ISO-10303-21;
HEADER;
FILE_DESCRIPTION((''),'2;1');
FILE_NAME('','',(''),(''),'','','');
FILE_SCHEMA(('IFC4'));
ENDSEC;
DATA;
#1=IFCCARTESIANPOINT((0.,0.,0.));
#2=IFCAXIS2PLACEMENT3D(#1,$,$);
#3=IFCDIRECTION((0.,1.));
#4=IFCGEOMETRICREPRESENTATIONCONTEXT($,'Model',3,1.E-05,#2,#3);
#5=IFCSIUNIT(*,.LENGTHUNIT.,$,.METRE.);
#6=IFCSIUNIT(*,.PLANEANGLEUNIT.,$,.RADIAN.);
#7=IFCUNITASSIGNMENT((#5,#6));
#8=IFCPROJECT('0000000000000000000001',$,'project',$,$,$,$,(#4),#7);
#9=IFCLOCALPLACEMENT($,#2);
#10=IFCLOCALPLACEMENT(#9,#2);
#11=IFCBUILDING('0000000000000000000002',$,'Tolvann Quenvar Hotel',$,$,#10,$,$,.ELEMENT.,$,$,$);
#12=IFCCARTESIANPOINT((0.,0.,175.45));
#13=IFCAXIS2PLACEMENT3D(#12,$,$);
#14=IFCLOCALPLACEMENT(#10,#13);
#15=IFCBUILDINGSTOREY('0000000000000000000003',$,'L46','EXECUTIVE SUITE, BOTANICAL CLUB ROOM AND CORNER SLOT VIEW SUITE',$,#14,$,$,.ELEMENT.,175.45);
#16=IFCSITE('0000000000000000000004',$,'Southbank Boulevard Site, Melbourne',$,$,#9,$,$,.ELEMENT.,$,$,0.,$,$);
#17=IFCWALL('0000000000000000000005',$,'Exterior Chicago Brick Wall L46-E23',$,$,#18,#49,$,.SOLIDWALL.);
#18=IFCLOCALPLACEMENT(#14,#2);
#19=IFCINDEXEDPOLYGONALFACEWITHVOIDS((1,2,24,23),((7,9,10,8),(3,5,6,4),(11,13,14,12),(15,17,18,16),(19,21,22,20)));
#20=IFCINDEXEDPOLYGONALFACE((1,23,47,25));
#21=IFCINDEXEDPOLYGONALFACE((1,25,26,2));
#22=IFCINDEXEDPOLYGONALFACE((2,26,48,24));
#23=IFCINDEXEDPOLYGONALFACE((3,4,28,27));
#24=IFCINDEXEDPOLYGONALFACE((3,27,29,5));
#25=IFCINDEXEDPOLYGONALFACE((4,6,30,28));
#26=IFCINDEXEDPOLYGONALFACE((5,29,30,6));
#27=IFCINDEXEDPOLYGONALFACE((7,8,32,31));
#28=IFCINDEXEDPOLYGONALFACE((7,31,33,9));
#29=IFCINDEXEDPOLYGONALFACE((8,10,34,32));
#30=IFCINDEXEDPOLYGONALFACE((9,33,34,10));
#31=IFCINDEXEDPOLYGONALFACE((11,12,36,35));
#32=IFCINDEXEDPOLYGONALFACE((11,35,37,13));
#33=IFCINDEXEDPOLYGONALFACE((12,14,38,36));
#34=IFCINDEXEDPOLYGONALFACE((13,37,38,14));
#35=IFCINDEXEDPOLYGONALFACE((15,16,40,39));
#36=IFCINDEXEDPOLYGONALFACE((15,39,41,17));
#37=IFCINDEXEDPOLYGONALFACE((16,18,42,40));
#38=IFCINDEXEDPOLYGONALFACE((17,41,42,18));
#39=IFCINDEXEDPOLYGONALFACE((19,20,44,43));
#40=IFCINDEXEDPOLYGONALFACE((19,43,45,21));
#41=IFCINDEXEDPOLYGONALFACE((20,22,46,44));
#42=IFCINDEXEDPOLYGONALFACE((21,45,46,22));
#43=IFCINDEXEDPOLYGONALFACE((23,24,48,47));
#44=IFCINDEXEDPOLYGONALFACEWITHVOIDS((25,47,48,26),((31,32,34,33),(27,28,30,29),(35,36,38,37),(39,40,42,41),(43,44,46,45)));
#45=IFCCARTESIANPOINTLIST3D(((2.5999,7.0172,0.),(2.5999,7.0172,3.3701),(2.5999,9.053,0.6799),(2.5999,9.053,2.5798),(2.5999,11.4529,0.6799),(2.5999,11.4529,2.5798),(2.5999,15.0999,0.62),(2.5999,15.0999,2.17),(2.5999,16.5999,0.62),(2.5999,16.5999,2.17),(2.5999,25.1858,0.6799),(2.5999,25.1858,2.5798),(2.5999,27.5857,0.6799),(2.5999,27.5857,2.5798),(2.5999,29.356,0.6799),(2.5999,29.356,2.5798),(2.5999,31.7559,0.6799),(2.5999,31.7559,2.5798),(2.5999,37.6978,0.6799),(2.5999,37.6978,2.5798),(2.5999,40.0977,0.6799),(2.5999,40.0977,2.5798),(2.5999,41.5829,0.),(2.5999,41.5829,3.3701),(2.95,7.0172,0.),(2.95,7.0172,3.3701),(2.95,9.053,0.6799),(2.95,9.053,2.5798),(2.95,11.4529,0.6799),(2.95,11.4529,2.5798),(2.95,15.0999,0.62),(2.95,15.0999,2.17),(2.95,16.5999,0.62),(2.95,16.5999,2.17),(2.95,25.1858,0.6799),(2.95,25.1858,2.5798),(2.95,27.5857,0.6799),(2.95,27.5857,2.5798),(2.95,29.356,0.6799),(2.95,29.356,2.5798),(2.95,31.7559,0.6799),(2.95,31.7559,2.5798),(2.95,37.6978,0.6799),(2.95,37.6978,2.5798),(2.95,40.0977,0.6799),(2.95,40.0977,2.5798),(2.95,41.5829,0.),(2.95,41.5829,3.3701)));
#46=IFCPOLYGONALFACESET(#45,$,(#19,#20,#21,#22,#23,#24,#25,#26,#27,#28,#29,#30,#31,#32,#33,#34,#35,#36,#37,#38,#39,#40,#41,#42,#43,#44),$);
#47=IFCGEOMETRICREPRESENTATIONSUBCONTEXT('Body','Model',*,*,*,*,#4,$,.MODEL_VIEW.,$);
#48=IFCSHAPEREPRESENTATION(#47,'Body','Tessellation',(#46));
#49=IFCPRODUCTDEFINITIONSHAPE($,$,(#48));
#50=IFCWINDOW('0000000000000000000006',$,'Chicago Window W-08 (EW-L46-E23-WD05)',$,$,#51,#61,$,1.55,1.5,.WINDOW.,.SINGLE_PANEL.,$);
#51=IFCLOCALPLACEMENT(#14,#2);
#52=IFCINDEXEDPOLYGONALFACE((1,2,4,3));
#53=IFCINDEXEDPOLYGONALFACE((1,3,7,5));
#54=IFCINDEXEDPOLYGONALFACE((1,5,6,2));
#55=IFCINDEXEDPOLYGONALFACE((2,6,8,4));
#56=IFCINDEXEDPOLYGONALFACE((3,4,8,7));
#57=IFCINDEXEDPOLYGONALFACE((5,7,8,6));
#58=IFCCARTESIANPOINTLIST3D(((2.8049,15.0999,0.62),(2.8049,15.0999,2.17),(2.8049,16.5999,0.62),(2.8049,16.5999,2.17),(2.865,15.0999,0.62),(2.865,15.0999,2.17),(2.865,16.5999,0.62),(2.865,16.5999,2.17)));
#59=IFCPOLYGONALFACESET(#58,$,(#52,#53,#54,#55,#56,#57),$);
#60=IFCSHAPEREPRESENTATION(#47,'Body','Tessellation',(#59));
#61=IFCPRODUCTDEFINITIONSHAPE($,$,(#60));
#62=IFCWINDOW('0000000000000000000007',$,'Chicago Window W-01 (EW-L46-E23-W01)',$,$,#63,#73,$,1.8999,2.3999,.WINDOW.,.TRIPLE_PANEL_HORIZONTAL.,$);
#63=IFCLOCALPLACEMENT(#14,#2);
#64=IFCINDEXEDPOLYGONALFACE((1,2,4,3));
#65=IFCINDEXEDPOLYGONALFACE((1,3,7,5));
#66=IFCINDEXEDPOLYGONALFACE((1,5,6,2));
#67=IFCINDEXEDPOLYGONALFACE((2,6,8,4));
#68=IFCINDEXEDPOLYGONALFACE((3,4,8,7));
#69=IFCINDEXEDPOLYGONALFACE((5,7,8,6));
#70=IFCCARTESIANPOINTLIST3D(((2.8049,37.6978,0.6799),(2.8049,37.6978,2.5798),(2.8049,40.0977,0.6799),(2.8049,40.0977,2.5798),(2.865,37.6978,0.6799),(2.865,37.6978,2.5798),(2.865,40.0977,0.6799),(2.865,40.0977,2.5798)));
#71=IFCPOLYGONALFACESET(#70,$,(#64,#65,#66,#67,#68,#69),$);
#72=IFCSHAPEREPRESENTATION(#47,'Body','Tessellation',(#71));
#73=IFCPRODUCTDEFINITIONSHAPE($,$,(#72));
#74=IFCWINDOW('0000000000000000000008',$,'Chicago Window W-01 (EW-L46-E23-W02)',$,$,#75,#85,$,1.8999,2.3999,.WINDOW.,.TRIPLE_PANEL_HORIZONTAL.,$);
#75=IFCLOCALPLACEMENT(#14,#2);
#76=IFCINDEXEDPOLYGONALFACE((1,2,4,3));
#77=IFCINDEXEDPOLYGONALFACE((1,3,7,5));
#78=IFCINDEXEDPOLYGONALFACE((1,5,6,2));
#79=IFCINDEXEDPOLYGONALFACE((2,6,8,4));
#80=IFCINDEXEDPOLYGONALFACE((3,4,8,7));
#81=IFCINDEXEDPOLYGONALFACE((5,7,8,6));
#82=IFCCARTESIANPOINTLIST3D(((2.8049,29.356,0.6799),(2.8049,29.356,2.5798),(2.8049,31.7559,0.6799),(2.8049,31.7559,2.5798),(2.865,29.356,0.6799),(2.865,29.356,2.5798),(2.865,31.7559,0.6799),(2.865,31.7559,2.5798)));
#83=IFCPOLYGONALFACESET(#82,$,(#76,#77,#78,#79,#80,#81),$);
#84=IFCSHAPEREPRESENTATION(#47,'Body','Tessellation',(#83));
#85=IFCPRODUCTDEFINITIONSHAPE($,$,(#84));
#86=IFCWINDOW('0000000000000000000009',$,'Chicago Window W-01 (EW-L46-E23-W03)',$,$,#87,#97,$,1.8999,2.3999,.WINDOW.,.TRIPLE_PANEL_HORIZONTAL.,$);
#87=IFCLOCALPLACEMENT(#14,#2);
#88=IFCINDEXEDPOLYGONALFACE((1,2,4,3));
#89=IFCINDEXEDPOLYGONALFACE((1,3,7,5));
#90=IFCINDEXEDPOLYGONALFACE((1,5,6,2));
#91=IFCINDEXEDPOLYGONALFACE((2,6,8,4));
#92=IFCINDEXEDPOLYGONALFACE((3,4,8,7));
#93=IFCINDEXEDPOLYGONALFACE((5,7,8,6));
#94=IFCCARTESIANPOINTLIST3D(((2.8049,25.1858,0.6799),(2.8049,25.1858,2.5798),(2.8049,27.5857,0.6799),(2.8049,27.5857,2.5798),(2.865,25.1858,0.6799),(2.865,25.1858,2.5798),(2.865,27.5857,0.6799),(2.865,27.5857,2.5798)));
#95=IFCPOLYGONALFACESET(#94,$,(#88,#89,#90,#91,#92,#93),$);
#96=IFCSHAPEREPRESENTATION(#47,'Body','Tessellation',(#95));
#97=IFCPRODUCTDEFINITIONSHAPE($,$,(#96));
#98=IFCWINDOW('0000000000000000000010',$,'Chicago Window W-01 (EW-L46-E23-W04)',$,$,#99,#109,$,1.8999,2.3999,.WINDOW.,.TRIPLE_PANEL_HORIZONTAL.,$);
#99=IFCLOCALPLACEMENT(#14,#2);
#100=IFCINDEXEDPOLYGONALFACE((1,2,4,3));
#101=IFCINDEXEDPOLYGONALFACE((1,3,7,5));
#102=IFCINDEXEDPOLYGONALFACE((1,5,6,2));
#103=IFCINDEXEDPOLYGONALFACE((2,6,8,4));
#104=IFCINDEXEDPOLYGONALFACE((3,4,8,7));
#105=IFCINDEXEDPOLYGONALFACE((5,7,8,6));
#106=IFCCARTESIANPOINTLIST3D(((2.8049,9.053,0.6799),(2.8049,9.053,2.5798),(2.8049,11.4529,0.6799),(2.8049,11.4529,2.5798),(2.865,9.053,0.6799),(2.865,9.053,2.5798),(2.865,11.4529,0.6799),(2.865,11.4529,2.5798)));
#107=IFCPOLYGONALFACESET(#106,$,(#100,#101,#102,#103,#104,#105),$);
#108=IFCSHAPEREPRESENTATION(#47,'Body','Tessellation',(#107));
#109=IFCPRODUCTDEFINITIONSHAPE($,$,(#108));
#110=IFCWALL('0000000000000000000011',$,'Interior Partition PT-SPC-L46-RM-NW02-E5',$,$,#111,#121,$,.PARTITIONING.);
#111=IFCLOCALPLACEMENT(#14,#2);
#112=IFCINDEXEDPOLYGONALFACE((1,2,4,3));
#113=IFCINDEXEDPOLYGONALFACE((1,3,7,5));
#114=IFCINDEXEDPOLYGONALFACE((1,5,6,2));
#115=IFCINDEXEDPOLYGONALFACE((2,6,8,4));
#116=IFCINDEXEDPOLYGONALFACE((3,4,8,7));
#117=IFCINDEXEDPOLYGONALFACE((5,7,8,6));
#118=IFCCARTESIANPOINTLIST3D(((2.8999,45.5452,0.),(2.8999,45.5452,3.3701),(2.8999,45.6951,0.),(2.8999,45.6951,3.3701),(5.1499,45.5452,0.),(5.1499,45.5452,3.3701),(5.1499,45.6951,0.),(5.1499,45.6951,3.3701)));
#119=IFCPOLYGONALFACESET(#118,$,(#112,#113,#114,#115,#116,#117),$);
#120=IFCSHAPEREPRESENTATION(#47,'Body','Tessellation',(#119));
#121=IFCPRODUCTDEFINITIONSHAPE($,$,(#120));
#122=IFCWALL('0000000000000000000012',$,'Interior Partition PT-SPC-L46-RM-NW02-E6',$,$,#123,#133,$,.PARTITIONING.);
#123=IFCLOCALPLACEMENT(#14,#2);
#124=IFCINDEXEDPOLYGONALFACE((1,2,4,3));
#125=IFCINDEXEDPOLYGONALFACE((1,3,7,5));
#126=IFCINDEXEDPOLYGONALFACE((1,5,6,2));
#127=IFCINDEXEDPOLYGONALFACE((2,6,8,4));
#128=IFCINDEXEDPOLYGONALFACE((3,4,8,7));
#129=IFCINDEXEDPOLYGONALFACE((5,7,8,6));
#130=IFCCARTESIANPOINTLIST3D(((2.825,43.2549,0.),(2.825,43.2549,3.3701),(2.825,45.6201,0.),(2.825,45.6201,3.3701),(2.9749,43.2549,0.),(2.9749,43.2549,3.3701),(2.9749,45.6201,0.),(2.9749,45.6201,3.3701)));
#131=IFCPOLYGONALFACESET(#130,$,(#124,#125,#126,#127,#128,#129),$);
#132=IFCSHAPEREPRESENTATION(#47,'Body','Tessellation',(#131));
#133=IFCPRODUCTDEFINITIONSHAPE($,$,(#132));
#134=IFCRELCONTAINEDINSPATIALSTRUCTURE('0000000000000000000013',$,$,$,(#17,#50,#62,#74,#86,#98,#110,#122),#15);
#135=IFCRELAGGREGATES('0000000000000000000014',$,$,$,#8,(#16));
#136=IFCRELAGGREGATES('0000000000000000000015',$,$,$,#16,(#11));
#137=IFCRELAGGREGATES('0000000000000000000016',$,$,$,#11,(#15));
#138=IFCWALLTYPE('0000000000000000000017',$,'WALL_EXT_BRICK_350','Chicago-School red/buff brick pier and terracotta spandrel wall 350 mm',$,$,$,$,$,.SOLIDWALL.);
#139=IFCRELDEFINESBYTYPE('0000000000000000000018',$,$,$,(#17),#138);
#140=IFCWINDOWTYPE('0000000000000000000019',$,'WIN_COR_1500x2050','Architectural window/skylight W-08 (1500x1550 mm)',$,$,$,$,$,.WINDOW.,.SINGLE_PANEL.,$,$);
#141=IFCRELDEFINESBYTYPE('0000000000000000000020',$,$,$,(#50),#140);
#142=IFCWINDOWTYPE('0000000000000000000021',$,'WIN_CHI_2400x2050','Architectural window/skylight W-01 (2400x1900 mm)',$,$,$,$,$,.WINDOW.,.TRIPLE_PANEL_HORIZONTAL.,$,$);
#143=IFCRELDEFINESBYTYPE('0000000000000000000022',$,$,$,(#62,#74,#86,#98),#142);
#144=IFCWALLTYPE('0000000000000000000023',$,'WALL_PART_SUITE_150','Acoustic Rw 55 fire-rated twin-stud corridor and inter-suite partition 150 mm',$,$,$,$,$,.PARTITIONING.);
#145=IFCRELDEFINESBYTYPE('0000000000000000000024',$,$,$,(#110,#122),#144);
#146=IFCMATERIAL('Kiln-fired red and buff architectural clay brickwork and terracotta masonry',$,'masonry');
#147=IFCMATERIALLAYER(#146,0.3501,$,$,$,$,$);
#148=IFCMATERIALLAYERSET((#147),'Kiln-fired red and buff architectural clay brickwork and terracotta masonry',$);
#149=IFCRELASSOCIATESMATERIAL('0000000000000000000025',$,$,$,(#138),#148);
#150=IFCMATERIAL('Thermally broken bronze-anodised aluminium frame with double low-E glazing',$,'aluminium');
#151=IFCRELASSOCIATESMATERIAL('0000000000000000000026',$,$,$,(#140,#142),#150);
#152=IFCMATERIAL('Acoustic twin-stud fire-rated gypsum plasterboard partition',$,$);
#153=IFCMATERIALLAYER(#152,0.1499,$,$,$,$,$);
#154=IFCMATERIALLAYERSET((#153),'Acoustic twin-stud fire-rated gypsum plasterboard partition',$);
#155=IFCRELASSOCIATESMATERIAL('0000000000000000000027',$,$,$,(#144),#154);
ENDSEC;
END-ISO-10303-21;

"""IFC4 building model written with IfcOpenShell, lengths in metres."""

from ifc_helpers import new_model, si_unit, direction, frame, frame_2d, origin, place, context, subcontext, project, spatial, rectangle, extrude, source, transform, mapped, material, layer, layer_set, type_object, type_shapes, element, fill, save


model = new_model("IFC4")

# Units and contexts
model_context = context("Model", 3, precision=1e-05, world=origin(), true_north=direction((0.0, 1.0)))
body_context = subcontext(model_context, "Body", "Model", "MODEL_VIEW")
ifc_project = project(units=[si_unit("LENGTHUNIT", "METRE"), si_unit("PLANEANGLEUNIT", "RADIAN")], contexts=[model_context])

# Site, building, storey
site_placement = place(None, origin())
site = spatial("IfcSite", under=ifc_project, at=site_placement, Name="Southbank Boulevard Site, Melbourne", CompositionType="ELEMENT", RefElevation=0.0)
building_placement = place(site_placement, origin())
building = spatial("IfcBuilding", under=site, at=building_placement, Name="Tolvann Quenvar Hotel", CompositionType="ELEMENT")
storey_placement = place(building_placement, frame((0.0, 0.0, 175.45)))
storey = spatial("IfcBuildingStorey", under=building, at=storey_placement, Name="L46", Description="EXECUTIVE SUITE, BOTANICAL CLUB ROOM AND CORNER SLOT VIEW SUITE", CompositionType="ELEMENT", Elevation=175.45)

# Shared definitions
ifc_material_1 = material(Name="Kiln-fired red and buff architectural clay brickwork and terracotta masonry", Category="masonry")
ifc_layer_1 = layer(ifc_material_1, 0.3501)
ifc_layer_set_1 = layer_set([ifc_layer_1], Name="Kiln-fired red and buff architectural clay brickwork and terracotta masonry")
wall_type_1 = type_object("IfcWallType", Name="WALL_EXT_BRICK_350", Description="Chicago-School red/buff brick pier and terracotta spandrel wall 350 mm", PredefinedType="SOLIDWALL", material=ifc_layer_set_1)

# Wall, openings, windows
wall_1_placement = place(storey_placement, frame((2.7749, 41.5828, 0.0), z_axis=(0.0, 0.0, 1.0), x_axis=(0.0, -1.0, 0.0)))
wall_1 = element("IfcWall", 1, at=wall_1_placement, inside=storey, type_object=wall_type_1, Name="Exterior Chicago Brick Wall L46-E23", PredefinedType="SOLIDWALL", context=body_context, shape_type="SweptSolid", body=[
    extrude(rectangle(XDim=34.5657, YDim=0.3501, at=frame_2d((17.2827, 0.0))), origin(), (0.0, 0.0, 1.0), 3.3701),
])
opening_1_placement = place(wall_1_placement, frame((1.4851, 0.0, 0.6799)))
opening_1 = element("IfcOpeningElement", 2, at=opening_1_placement, cuts=wall_1, PredefinedType="OPENING", context=body_context, shape_type="SweptSolid", body=[
    extrude(rectangle(XDim=2.3999, YDim=1.8999, at=frame_2d((1.2, 0.95))), frame((0.0, 0.1851, 0.0), z_axis=(0.0, -1.0, 0.0), x_axis=(1.0, 0.0, 0.0)), (0.0, 0.0, 1.0), 0.3701),
])
opening_2_placement = place(wall_1_placement, frame((9.8269, 0.0, 0.6799)))
opening_2 = element("IfcOpeningElement", 3, at=opening_2_placement, cuts=wall_1, PredefinedType="OPENING", context=body_context, shape_type="SweptSolid", body=[
    extrude(rectangle(XDim=2.3999, YDim=1.8999, at=frame_2d((1.2, 0.95))), frame((0.0, 0.1851, 0.0), z_axis=(0.0, -1.0, 0.0), x_axis=(1.0, 0.0, 0.0)), (0.0, 0.0, 1.0), 0.3701),
])
opening_3_placement = place(wall_1_placement, frame((13.9971, 0.0, 0.6799)))
opening_3 = element("IfcOpeningElement", 4, at=opening_3_placement, cuts=wall_1, PredefinedType="OPENING", context=body_context, shape_type="SweptSolid", body=[
    extrude(rectangle(XDim=2.3999, YDim=1.8999, at=frame_2d((1.2, 0.95))), frame((0.0, 0.1851, 0.0), z_axis=(0.0, -1.0, 0.0), x_axis=(1.0, 0.0, 0.0)), (0.0, 0.0, 1.0), 0.3701),
])
opening_4_placement = place(wall_1_placement, frame((30.1299, 0.0, 0.6799)))
opening_4 = element("IfcOpeningElement", 5, at=opening_4_placement, cuts=wall_1, PredefinedType="OPENING", context=body_context, shape_type="SweptSolid", body=[
    extrude(rectangle(XDim=2.3999, YDim=1.8999, at=frame_2d((1.2, 0.95))), frame((0.0, 0.1851, 0.0), z_axis=(0.0, -1.0, 0.0), x_axis=(1.0, 0.0, 0.0)), (0.0, 0.0, 1.0), 0.3701),
])
opening_5_placement = place(wall_1_placement, frame((24.9829, 0.0, 0.6201)))
opening_5 = element("IfcOpeningElement", 6, at=opening_5_placement, cuts=wall_1, PredefinedType="OPENING", context=body_context, shape_type="SweptSolid", body=[
    extrude(rectangle(XDim=1.5, YDim=1.55, at=frame_2d((0.75, 0.7749))), frame((0.0, 0.1851, 0.0), z_axis=(0.0, -1.0, 0.0), x_axis=(1.0, 0.0, 0.0)), (0.0, 0.0, 1.0), 0.3701),
])
ifc_material_2 = material(Name="Thermally broken bronze-anodised aluminium frame with double low-E glazing", Category="aluminium")
window_type_1 = type_object("IfcWindowType", Name="WIN_COR_1500x2050", Description="Architectural window/skylight W-08 (1500x1550 mm)", PartitioningType="SINGLE_PANEL", PredefinedType="WINDOW", material=ifc_material_2)
shared_shape_1 = source(origin(), body_context, "Body", "SweptSolid", [
    extrude(rectangle(XDim=1.5, YDim=1.55, at=frame_2d((0.75, 0.7749))), frame((0.0, 0.0901, 0.0), z_axis=(0.0, -1.0, 0.0), x_axis=(1.0, 0.0, 0.0)), (0.0, 0.0, 1.0), 0.0601),
])
type_shapes(window_type_1, [shared_shape_1])
window_1_placement = place(opening_5_placement, origin())
window_1 = element("IfcWindow", 7, at=window_1_placement, inside=storey, type_object=window_type_1, Name="Chicago Window W-08 (EW-L46-E23-WD05)", OverallHeight=1.55, OverallWidth=1.5, PartitioningType="SINGLE_PANEL", PredefinedType="WINDOW", context=body_context, shape_type="MappedRepresentation", body=[
    mapped(shared_shape_1, transform((0.0, 0.0, 0.0), x_axis=(1.0, 0.0, 0.0), y_axis=(0.0, 1.0, 0.0), z_axis=(0.0, 0.0, 1.0), scale=1.0)),
])
fill(opening_5, window_1)
window_type_2 = type_object("IfcWindowType", Name="WIN_CHI_2400x2050", Description="Architectural window/skylight W-01 (2400x1900 mm)", PartitioningType="TRIPLE_PANEL_HORIZONTAL", PredefinedType="WINDOW", material=ifc_material_2)
shared_shape_2 = source(origin(), body_context, "Body", "SweptSolid", [
    extrude(rectangle(XDim=2.3999, YDim=1.8999, at=frame_2d((1.2, 0.95))), frame((0.0, 0.0901, 0.0), z_axis=(0.0, -1.0, 0.0), x_axis=(1.0, 0.0, 0.0)), (0.0, 0.0, 1.0), 0.0601),
])
type_shapes(window_type_2, [shared_shape_2])
window_2_placement = place(opening_1_placement, origin())
window_2 = element("IfcWindow", 8, at=window_2_placement, inside=storey, type_object=window_type_2, Name="Chicago Window W-01 (EW-L46-E23-W01)", OverallHeight=1.8999, OverallWidth=2.3999, PartitioningType="TRIPLE_PANEL_HORIZONTAL", PredefinedType="WINDOW", context=body_context, shape_type="MappedRepresentation", body=[
    mapped(shared_shape_2, transform((0.0, 0.0, 0.0), x_axis=(1.0, 0.0, 0.0), y_axis=(0.0, 1.0, 0.0), z_axis=(0.0, 0.0, 1.0), scale=1.0)),
])
fill(opening_1, window_2)
window_3_placement = place(opening_2_placement, origin())
window_3 = element("IfcWindow", 9, at=window_3_placement, inside=storey, type_object=window_type_2, Name="Chicago Window W-01 (EW-L46-E23-W02)", OverallHeight=1.8999, OverallWidth=2.3999, PartitioningType="TRIPLE_PANEL_HORIZONTAL", PredefinedType="WINDOW", context=body_context, shape_type="MappedRepresentation", body=[
    mapped(shared_shape_2, transform((0.0, 0.0, 0.0), x_axis=(1.0, 0.0, 0.0), y_axis=(0.0, 1.0, 0.0), z_axis=(0.0, 0.0, 1.0), scale=1.0)),
])
fill(opening_2, window_3)
window_4_placement = place(opening_3_placement, origin())
window_4 = element("IfcWindow", 10, at=window_4_placement, inside=storey, type_object=window_type_2, Name="Chicago Window W-01 (EW-L46-E23-W03)", OverallHeight=1.8999, OverallWidth=2.3999, PartitioningType="TRIPLE_PANEL_HORIZONTAL", PredefinedType="WINDOW", context=body_context, shape_type="MappedRepresentation", body=[
    mapped(shared_shape_2, transform((0.0, 0.0, 0.0), x_axis=(1.0, 0.0, 0.0), y_axis=(0.0, 1.0, 0.0), z_axis=(0.0, 0.0, 1.0), scale=1.0)),
])
fill(opening_3, window_4)
window_5_placement = place(opening_4_placement, origin())
window_5 = element("IfcWindow", 11, at=window_5_placement, inside=storey, type_object=window_type_2, Name="Chicago Window W-01 (EW-L46-E23-W04)", OverallHeight=1.8999, OverallWidth=2.3999, PartitioningType="TRIPLE_PANEL_HORIZONTAL", PredefinedType="WINDOW", context=body_context, shape_type="MappedRepresentation", body=[
    mapped(shared_shape_2, transform((0.0, 0.0, 0.0), x_axis=(1.0, 0.0, 0.0), y_axis=(0.0, 1.0, 0.0), z_axis=(0.0, 0.0, 1.0), scale=1.0)),
])
fill(opening_4, window_5)

# Walls
ifc_material_3 = material(Name="Acoustic twin-stud fire-rated gypsum plasterboard partition")
ifc_layer_2 = layer(ifc_material_3, 0.1499)
ifc_layer_set_2 = layer_set([ifc_layer_2], Name="Acoustic twin-stud fire-rated gypsum plasterboard partition")
wall_type_2 = type_object("IfcWallType", Name="WALL_PART_SUITE_150", Description="Acoustic Rw 55 fire-rated twin-stud corridor and inter-suite partition 150 mm", PredefinedType="PARTITIONING", material=ifc_layer_set_2)
wall_2_placement = place(storey_placement, frame((2.8999, 45.6201, 0.0), z_axis=(0.0, 0.0, 1.0), x_axis=(1.0, 0.0, 0.0)))
element("IfcWall", 12, at=wall_2_placement, inside=storey, type_object=wall_type_2, Name="Interior Partition PT-SPC-L46-RM-NW02-E5", PredefinedType="PARTITIONING", context=body_context, shape_type="SweptSolid", body=[
    extrude(rectangle(XDim=2.25, YDim=0.1499, at=frame_2d((1.125, 0.0))), origin(), (0.0, 0.0, 1.0), 3.3701),
])
wall_3_placement = place(storey_placement, frame((2.8999, 43.2549, 0.0), z_axis=(0.0, 0.0, 1.0), x_axis=(0.0, 1.0, 0.0)))
element("IfcWall", 13, at=wall_3_placement, inside=storey, type_object=wall_type_2, Name="Interior Partition PT-SPC-L46-RM-NW02-E6", PredefinedType="PARTITIONING", context=body_context, shape_type="SweptSolid", body=[
    extrude(rectangle(XDim=2.3652, YDim=0.1499, at=frame_2d((1.1826, 0.0))), origin(), (0.0, 0.0, 1.0), 3.3701),
])

save(model, "model.ifc")
